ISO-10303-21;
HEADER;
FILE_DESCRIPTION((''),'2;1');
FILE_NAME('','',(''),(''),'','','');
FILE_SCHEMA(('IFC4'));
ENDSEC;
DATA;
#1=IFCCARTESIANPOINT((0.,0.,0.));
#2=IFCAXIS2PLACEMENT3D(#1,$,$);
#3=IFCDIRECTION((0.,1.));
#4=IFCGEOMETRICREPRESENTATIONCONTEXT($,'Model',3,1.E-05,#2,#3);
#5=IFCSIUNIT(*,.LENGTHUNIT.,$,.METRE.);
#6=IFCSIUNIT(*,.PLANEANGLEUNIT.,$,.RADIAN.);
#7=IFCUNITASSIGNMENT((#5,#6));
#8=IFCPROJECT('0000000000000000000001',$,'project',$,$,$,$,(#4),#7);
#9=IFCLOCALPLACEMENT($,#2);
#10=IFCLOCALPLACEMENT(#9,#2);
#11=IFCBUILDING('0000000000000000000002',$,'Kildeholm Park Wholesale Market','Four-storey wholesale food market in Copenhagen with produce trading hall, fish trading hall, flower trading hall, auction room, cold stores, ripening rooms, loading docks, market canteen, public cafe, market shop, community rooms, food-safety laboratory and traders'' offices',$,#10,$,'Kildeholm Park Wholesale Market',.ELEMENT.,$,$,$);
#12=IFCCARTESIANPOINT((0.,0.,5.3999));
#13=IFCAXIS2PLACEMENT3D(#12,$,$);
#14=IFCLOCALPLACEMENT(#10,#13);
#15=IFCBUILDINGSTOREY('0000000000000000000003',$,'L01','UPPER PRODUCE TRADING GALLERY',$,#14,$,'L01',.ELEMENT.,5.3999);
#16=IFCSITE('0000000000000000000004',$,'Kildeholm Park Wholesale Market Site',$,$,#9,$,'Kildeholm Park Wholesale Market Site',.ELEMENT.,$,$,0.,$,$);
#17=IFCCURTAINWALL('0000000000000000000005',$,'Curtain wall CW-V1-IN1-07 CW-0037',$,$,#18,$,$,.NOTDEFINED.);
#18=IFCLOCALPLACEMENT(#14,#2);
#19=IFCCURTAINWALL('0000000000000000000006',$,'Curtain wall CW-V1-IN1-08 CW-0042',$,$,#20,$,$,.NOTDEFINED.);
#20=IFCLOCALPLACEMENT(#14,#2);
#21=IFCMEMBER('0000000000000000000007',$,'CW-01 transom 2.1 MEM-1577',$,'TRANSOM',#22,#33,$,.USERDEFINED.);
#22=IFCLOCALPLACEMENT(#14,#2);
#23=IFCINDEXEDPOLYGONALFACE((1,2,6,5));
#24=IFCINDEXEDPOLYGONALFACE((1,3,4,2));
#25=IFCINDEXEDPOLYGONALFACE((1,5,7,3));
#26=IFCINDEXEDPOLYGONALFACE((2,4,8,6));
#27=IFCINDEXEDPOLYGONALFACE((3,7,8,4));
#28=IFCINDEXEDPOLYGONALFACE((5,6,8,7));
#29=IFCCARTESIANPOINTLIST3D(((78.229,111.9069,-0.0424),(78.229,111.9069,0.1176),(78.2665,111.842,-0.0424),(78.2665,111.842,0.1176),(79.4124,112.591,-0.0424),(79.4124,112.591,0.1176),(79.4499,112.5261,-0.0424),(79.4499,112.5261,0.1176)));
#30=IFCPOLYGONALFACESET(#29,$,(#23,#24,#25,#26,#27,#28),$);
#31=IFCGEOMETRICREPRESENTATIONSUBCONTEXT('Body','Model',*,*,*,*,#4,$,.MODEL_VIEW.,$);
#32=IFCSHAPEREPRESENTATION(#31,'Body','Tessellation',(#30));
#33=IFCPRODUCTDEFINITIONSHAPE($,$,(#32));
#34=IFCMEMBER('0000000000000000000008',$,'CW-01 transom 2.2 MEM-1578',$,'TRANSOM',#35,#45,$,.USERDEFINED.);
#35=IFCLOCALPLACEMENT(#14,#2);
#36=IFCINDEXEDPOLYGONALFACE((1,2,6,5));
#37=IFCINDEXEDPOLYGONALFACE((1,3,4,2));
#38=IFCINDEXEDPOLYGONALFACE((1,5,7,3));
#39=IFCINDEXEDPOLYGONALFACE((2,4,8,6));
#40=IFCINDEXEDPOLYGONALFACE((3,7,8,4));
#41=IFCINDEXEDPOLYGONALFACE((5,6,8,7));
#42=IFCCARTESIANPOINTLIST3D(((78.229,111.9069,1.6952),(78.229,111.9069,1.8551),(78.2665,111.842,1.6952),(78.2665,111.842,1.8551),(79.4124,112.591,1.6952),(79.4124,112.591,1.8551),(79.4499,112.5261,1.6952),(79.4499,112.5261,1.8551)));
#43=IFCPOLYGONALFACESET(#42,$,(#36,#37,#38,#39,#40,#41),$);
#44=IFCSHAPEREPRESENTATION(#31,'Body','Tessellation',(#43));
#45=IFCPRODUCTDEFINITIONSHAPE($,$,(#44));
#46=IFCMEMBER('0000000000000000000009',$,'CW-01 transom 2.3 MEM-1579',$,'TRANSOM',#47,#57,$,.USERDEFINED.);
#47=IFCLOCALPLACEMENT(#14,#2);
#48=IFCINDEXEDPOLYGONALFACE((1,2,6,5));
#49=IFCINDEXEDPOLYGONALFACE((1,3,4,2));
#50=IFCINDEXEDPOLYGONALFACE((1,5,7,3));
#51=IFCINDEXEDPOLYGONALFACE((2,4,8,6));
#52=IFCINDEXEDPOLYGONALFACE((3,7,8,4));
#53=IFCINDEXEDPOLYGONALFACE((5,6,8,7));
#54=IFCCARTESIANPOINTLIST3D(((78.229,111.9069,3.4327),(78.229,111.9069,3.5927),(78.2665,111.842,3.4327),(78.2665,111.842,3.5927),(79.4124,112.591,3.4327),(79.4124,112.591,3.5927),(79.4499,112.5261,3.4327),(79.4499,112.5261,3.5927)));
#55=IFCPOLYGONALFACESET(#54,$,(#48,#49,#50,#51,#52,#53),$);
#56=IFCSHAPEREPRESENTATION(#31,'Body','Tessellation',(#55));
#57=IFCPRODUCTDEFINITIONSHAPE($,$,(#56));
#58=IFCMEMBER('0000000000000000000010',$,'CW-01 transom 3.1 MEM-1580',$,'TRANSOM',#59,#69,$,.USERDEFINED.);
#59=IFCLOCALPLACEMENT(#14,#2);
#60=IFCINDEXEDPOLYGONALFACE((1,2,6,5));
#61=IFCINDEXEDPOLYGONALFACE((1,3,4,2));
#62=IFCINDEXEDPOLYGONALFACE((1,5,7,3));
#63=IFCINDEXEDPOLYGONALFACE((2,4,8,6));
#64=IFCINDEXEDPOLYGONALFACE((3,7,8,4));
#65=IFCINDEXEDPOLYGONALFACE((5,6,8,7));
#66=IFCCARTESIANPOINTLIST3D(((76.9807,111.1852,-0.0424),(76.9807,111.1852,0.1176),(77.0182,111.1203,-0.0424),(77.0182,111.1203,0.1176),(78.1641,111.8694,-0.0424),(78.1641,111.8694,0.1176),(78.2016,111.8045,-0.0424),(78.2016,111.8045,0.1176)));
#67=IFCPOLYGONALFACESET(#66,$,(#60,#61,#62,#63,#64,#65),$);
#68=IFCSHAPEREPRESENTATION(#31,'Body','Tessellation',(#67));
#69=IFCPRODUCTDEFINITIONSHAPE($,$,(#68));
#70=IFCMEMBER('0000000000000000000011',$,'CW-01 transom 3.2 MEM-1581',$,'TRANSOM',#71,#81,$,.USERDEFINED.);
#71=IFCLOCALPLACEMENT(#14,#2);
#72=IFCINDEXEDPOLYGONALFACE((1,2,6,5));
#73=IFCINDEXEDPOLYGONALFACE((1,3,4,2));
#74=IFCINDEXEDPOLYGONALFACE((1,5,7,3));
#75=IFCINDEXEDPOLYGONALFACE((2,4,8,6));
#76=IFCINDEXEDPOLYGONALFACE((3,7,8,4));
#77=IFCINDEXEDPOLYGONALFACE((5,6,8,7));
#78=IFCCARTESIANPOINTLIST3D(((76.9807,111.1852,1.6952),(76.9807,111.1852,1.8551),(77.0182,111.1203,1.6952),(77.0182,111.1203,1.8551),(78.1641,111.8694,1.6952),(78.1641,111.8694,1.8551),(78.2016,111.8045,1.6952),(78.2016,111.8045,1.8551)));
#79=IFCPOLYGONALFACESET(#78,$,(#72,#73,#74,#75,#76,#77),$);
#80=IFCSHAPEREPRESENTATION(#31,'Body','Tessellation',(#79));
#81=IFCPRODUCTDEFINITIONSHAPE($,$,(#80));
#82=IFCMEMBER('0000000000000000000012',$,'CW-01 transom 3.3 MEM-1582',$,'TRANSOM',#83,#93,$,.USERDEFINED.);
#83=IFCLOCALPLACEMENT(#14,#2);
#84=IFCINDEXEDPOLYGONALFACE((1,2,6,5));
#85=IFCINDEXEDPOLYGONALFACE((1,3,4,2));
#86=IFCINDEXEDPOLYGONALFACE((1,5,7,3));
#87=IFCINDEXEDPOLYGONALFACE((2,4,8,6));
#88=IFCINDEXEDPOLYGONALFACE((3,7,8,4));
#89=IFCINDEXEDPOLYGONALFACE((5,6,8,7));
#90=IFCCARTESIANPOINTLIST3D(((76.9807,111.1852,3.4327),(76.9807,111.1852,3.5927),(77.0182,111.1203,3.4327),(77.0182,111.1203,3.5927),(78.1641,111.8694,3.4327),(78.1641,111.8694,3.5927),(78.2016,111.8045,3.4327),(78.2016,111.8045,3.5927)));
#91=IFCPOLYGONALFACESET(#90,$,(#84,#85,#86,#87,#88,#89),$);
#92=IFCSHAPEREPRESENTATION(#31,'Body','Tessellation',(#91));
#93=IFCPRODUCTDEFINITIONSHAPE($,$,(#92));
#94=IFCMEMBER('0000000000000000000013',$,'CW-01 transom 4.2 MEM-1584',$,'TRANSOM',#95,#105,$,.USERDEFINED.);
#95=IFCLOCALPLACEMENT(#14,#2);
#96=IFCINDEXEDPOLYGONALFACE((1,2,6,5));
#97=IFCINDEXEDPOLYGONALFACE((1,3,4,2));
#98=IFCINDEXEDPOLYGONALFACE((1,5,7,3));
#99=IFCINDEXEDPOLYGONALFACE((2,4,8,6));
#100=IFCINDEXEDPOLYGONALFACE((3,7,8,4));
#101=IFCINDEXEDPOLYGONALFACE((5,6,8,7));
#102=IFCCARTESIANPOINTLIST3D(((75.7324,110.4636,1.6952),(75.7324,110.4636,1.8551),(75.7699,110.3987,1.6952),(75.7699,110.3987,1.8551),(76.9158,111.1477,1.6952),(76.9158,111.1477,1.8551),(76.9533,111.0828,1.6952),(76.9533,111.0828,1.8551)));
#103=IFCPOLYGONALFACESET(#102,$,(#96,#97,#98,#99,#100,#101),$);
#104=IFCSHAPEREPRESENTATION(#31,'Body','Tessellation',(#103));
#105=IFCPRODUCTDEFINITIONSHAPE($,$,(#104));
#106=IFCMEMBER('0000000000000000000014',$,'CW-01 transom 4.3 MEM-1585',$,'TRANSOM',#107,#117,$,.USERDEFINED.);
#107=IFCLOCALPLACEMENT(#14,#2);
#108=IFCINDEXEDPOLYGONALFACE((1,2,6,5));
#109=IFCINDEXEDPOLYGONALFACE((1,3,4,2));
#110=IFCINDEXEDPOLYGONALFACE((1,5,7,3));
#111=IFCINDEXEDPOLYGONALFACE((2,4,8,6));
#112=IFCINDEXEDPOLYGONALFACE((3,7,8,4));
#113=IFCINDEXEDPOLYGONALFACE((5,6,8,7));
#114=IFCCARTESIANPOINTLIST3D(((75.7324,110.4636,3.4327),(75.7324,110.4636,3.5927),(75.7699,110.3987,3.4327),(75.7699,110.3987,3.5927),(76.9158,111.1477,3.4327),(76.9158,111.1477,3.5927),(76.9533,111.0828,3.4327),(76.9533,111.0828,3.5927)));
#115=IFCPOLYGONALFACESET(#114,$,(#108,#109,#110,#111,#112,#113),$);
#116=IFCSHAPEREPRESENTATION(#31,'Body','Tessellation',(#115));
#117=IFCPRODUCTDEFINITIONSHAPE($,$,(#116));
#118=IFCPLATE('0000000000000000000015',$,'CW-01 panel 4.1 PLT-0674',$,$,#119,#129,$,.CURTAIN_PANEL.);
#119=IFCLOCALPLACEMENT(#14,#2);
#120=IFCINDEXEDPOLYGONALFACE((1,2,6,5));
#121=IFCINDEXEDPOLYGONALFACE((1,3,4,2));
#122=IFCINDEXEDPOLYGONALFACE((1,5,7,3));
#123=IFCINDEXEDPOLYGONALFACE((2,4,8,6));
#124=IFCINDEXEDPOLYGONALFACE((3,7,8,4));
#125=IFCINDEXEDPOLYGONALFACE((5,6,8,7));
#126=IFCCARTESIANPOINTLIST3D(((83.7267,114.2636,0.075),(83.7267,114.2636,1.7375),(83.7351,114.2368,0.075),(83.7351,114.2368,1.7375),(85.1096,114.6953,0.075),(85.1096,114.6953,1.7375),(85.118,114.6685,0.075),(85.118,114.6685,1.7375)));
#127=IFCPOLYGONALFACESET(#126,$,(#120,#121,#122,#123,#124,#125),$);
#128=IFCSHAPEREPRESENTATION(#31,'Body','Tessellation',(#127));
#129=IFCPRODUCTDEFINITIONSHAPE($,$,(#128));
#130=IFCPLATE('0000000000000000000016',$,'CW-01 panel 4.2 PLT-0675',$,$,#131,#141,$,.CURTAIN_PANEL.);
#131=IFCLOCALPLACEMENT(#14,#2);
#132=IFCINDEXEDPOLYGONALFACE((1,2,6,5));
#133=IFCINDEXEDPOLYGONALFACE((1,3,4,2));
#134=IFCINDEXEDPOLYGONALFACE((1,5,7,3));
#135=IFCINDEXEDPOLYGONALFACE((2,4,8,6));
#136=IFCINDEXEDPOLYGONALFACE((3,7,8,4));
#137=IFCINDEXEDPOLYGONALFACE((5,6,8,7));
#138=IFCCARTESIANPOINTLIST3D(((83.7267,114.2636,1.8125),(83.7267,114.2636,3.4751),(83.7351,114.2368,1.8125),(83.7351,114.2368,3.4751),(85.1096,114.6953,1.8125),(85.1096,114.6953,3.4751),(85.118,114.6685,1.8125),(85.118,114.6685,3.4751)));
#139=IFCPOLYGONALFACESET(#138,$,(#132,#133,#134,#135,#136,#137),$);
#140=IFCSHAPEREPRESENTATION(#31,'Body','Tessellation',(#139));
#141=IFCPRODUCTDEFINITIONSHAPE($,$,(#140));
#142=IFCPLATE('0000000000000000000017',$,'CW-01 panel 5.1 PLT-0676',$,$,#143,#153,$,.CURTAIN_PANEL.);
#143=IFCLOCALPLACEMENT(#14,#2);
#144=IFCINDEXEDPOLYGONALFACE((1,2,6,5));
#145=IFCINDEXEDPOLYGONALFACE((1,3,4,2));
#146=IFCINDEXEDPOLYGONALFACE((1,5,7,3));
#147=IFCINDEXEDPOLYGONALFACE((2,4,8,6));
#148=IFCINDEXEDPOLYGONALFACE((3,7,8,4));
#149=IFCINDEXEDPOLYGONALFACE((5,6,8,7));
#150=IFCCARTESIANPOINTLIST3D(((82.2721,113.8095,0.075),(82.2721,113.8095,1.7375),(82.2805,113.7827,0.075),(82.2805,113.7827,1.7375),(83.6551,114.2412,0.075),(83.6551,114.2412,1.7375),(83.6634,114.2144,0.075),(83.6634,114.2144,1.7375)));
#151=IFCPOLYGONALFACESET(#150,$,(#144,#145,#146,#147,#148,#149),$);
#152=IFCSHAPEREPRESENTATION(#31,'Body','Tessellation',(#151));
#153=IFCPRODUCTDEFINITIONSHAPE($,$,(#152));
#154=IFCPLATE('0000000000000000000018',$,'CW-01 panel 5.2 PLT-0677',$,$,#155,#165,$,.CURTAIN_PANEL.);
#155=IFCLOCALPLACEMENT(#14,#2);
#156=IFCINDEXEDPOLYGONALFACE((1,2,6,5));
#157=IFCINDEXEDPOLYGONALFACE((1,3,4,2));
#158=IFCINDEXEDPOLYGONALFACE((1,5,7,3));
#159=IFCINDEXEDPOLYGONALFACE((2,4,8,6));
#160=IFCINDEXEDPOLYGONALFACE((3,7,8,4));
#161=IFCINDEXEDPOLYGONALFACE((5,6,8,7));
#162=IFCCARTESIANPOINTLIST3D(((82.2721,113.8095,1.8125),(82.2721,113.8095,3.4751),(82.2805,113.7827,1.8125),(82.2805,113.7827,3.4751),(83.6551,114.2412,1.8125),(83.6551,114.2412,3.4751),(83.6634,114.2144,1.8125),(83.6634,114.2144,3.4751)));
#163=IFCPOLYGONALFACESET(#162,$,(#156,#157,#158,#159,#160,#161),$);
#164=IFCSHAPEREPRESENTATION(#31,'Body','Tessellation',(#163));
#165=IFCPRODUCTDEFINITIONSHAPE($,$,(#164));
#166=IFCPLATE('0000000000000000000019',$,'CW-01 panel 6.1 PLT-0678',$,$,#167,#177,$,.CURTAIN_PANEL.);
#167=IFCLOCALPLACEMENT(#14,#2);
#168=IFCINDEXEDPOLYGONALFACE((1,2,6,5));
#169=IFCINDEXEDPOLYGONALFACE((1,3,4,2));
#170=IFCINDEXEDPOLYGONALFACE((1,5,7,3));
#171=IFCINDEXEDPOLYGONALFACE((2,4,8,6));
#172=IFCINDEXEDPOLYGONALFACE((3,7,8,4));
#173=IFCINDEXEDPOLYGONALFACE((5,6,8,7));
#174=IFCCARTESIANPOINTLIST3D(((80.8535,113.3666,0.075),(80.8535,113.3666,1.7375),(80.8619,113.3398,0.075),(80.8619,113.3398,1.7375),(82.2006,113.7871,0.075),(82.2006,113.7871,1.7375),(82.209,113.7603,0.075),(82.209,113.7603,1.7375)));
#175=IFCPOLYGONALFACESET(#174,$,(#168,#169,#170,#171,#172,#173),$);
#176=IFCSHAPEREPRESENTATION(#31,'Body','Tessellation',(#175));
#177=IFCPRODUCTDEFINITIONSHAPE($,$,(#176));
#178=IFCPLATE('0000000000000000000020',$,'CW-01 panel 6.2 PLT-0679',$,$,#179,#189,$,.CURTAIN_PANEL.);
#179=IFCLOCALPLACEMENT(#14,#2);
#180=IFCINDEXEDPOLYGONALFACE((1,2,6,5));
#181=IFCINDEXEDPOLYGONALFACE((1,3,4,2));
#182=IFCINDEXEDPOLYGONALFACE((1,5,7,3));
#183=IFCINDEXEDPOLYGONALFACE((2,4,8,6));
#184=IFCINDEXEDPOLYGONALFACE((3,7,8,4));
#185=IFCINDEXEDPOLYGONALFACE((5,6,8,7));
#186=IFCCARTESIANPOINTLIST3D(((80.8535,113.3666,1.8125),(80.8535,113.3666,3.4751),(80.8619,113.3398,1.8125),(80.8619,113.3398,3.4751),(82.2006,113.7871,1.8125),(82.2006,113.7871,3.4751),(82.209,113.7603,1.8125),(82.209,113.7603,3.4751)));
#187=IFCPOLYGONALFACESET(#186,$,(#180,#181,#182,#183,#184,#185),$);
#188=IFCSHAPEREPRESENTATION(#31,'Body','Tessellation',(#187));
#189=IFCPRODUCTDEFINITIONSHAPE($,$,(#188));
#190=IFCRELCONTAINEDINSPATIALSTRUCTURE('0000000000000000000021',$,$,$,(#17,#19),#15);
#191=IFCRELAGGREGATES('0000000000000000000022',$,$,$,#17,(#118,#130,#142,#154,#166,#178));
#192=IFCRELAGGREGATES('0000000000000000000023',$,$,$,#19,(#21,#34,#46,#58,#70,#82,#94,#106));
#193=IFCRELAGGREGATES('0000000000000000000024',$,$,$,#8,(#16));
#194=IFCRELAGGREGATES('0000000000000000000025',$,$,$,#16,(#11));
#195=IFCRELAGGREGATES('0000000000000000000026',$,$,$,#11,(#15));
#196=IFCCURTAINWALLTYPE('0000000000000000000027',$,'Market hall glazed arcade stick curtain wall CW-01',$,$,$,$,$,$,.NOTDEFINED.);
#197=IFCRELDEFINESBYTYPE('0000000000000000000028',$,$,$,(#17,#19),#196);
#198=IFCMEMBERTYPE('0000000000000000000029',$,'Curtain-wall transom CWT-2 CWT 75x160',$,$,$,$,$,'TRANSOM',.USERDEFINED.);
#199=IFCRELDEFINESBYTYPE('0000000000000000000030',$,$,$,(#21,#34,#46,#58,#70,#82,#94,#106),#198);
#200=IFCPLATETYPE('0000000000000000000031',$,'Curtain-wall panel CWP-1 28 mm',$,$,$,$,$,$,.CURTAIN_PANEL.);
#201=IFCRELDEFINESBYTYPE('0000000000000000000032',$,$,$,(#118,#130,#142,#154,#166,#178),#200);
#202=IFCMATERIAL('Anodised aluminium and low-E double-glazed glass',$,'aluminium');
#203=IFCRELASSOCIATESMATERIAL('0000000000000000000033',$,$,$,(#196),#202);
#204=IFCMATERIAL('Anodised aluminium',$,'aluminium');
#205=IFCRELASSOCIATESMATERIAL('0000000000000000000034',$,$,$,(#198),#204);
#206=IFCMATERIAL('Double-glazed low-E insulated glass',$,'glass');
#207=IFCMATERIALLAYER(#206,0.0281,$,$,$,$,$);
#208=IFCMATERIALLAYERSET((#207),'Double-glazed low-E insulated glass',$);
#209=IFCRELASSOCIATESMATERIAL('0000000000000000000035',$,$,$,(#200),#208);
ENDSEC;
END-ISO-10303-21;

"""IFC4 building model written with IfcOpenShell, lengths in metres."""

from ifc_helpers import new_model, si_unit, direction, frame, origin, origin_2d, place, context, subcontext, project, spatial, rectangle, extrude, material, layer, layer_set, material_profile, profile_set, type_object, element, aggregate, save


model = new_model("IFC4")

# Units and contexts
model_context = context("Model", 3, precision=1e-05, world=origin(), true_north=direction((0.0, 1.0)))
body_context = subcontext(model_context, "Body", "Model", "MODEL_VIEW")
ifc_project = project(units=[si_unit("LENGTHUNIT", "METRE"), si_unit("PLANEANGLEUNIT", "RADIAN")], contexts=[model_context])

# Site, building, storey
site_placement = place(None, origin())
site = spatial("IfcSite", under=ifc_project, at=site_placement, Name="Kildeholm Park Wholesale Market Site", LongName="Kildeholm Park Wholesale Market Site", CompositionType="ELEMENT", RefElevation=0.0)
building_placement = place(site_placement, origin())
building = spatial("IfcBuilding", under=site, at=building_placement, Name="Kildeholm Park Wholesale Market", Description="Four-storey wholesale food market in Copenhagen with produce trading hall, fish trading hall, flower trading hall, auction room, cold stores, ripening rooms, loading docks, market canteen, public cafe, market shop, community rooms, food-safety laboratory and traders' offices", LongName="Kildeholm Park Wholesale Market", CompositionType="ELEMENT")
storey_placement = place(building_placement, frame((0.0, 0.0, 5.3999)))
storey = spatial("IfcBuildingStorey", under=building, at=storey_placement, Name="L01", Description="UPPER PRODUCE TRADING GALLERY", LongName="L01", CompositionType="ELEMENT", Elevation=5.3999)

# Curtain walls
ifc_material_1 = material(Name="Anodised aluminium and low-E double-glazed glass", Category="aluminium")
curtain_wall_type = type_object("IfcCurtainWallType", Name="Market hall glazed arcade stick curtain wall CW-01", PredefinedType="NOTDEFINED", material=ifc_material_1)
curtain_wall_1_placement = place(storey_placement, origin())
curtain_wall_1 = element("IfcCurtainWall", 1, at=curtain_wall_1_placement, inside=storey, type_object=curtain_wall_type, Name="Curtain wall CW-V1-IN1-07 CW-0037", PredefinedType="NOTDEFINED")
ifc_material_2 = material(Name="Anodised aluminium", Category="aluminium")
curtain_wall_2_placement = place(storey_placement, origin())
curtain_wall_2 = element("IfcCurtainWall", 2, at=curtain_wall_2_placement, inside=storey, type_object=curtain_wall_type, Name="Curtain wall CW-V1-IN1-08 CW-0042", PredefinedType="NOTDEFINED")

# Members
ifc_material_profile_1 = material_profile(ifc_material_2, rectangle(XDim=0.075, YDim=0.1599, at=origin_2d()), Name="CWT 75x160")
ifc_profile_set_1 = profile_set([ifc_material_profile_1], Name="Anodised aluminium")
member_type_1 = type_object("IfcMemberType", Name="Curtain-wall transom CWT-2 CWT 75x160", ElementType="TRANSOM", PredefinedType="USERDEFINED", material=ifc_profile_set_1)
member_1_placement = place(storey_placement, frame((79.4312, 112.5586, 0.0376), z_axis=(-0.865748, -0.50048, 0.0), x_axis=(0.50048, -0.865748, 0.0)))
member_1 = element("IfcMember", 3, at=member_1_placement, type_object=member_type_1, Name="CW-01 transom 2.1 MEM-1577", ObjectType="TRANSOM", PredefinedType="USERDEFINED", context=body_context, shape_type="SweptSolid", body=[
    extrude(rectangle(XDim=0.075, YDim=0.1599, at=origin_2d()), origin(), (0.0, 0.0, 1.0), 1.3669),
])
member_2_placement = place(storey_placement, frame((79.4312, 112.5586, 1.7751), z_axis=(-0.865748, -0.50048, 0.0), x_axis=(0.50048, -0.865748, 0.0)))
member_2 = element("IfcMember", 4, at=member_2_placement, type_object=member_type_1, Name="CW-01 transom 2.2 MEM-1578", ObjectType="TRANSOM", PredefinedType="USERDEFINED", context=body_context, shape_type="SweptSolid", body=[
    extrude(rectangle(XDim=0.075, YDim=0.1599, at=origin_2d()), origin(), (0.0, 0.0, 1.0), 1.3669),
])
member_3_placement = place(storey_placement, frame((79.4312, 112.5586, 3.5127), z_axis=(-0.865748, -0.50048, 0.0), x_axis=(0.50048, -0.865748, 0.0)))
member_3 = element("IfcMember", 5, at=member_3_placement, type_object=member_type_1, Name="CW-01 transom 2.3 MEM-1579", ObjectType="TRANSOM", PredefinedType="USERDEFINED", context=body_context, shape_type="SweptSolid", body=[
    extrude(rectangle(XDim=0.075, YDim=0.1599, at=origin_2d()), origin(), (0.0, 0.0, 1.0), 1.3669),
])
member_4_placement = place(storey_placement, frame((78.1829, 111.8369, 0.0376), z_axis=(-0.865748, -0.50048, 0.0), x_axis=(0.50048, -0.865748, 0.0)))
member_4 = element("IfcMember", 6, at=member_4_placement, type_object=member_type_1, Name="CW-01 transom 3.1 MEM-1580", ObjectType="TRANSOM", PredefinedType="USERDEFINED", context=body_context, shape_type="SweptSolid", body=[
    extrude(rectangle(XDim=0.075, YDim=0.1599, at=origin_2d()), origin(), (0.0, 0.0, 1.0), 1.3669),
])
member_5_placement = place(storey_placement, frame((78.1829, 111.8369, 1.7751), z_axis=(-0.865748, -0.50048, 0.0), x_axis=(0.50048, -0.865748, 0.0)))
member_5 = element("IfcMember", 7, at=member_5_placement, type_object=member_type_1, Name="CW-01 transom 3.2 MEM-1581", ObjectType="TRANSOM", PredefinedType="USERDEFINED", context=body_context, shape_type="SweptSolid", body=[
    extrude(rectangle(XDim=0.075, YDim=0.1599, at=origin_2d()), origin(), (0.0, 0.0, 1.0), 1.3669),
])
member_6_placement = place(storey_placement, frame((78.1829, 111.8369, 3.5127), z_axis=(-0.865748, -0.50048, 0.0), x_axis=(0.50048, -0.865748, 0.0)))
member_6 = element("IfcMember", 8, at=member_6_placement, type_object=member_type_1, Name="CW-01 transom 3.3 MEM-1582", ObjectType="TRANSOM", PredefinedType="USERDEFINED", context=body_context, shape_type="SweptSolid", body=[
    extrude(rectangle(XDim=0.075, YDim=0.1599, at=origin_2d()), origin(), (0.0, 0.0, 1.0), 1.3669),
])
member_7_placement = place(storey_placement, frame((76.9346, 111.1152, 1.7751), z_axis=(-0.865748, -0.50048, 0.0), x_axis=(0.50048, -0.865748, 0.0)))
member_7 = element("IfcMember", 9, at=member_7_placement, type_object=member_type_1, Name="CW-01 transom 4.2 MEM-1584", ObjectType="TRANSOM", PredefinedType="USERDEFINED", context=body_context, shape_type="SweptSolid", body=[
    extrude(rectangle(XDim=0.075, YDim=0.1599, at=origin_2d()), origin(), (0.0, 0.0, 1.0), 1.3669),
])
member_8_placement = place(storey_placement, frame((76.9346, 111.1152, 3.5127), z_axis=(-0.865748, -0.50048, 0.0), x_axis=(0.50048, -0.865748, 0.0)))
member_8 = element("IfcMember", 10, at=member_8_placement, type_object=member_type_1, Name="CW-01 transom 4.3 MEM-1585", ObjectType="TRANSOM", PredefinedType="USERDEFINED", context=body_context, shape_type="SweptSolid", body=[
    extrude(rectangle(XDim=0.075, YDim=0.1599, at=origin_2d()), origin(), (0.0, 0.0, 1.0), 1.3669),
])

# Plates
ifc_material_3 = material(Name="Double-glazed low-E insulated glass", Category="glass")
ifc_layer = layer(ifc_material_3, 0.0281)
ifc_layer_set = layer_set([ifc_layer], Name="Double-glazed low-E insulated glass")
plate_type = type_object("IfcPlateType", Name="Curtain-wall panel CWP-1 28 mm", PredefinedType="CURTAIN_PANEL", material=ifc_layer_set)
plate_1_placement = place(storey_placement, frame((84.4224, 114.4661, 0.075), z_axis=(0.0, 0.0, 1.0), x_axis=(-0.954579, -0.297957, 0.0)))
plate_1 = element("IfcPlate", 11, at=plate_1_placement, type_object=plate_type, Name="CW-01 panel 4.1 PLT-0674", PredefinedType="CURTAIN_PANEL", context=body_context, shape_type="SweptSolid", body=[
    extrude(rectangle(XDim=1.4487, YDim=0.0281, at=origin_2d()), origin(), (0.0, 0.0, 1.0), 1.6626),
])
plate_2_placement = place(storey_placement, frame((84.4224, 114.4661, 1.8125), z_axis=(0.0, 0.0, 1.0), x_axis=(-0.954579, -0.297957, 0.0)))
plate_2 = element("IfcPlate", 12, at=plate_2_placement, type_object=plate_type, Name="CW-01 panel 4.2 PLT-0675", PredefinedType="CURTAIN_PANEL", context=body_context, shape_type="SweptSolid", body=[
    extrude(rectangle(XDim=1.4487, YDim=0.0281, at=origin_2d()), origin(), (0.0, 0.0, 1.0), 1.6626),
])
plate_3_placement = place(storey_placement, frame((82.9678, 114.012, 0.075), z_axis=(0.0, 0.0, 1.0), x_axis=(-0.954579, -0.297957, 0.0)))
plate_3 = element("IfcPlate", 13, at=plate_3_placement, type_object=plate_type, Name="CW-01 panel 5.1 PLT-0676", PredefinedType="CURTAIN_PANEL", context=body_context, shape_type="SweptSolid", body=[
    extrude(rectangle(XDim=1.4487, YDim=0.0281, at=origin_2d()), origin(), (0.0, 0.0, 1.0), 1.6626),
])
plate_4_placement = place(storey_placement, frame((82.9678, 114.012, 1.8125), z_axis=(0.0, 0.0, 1.0), x_axis=(-0.954579, -0.297957, 0.0)))
plate_4 = element("IfcPlate", 14, at=plate_4_placement, type_object=plate_type, Name="CW-01 panel 5.2 PLT-0677", PredefinedType="CURTAIN_PANEL", context=body_context, shape_type="SweptSolid", body=[
    extrude(rectangle(XDim=1.4487, YDim=0.0281, at=origin_2d()), origin(), (0.0, 0.0, 1.0), 1.6626),
])
plate_5_placement = place(storey_placement, frame((81.5312, 113.5635, 0.075), z_axis=(0.0, 0.0, 1.0), x_axis=(-0.954579, -0.297957, 0.0)))
plate_5 = element("IfcPlate", 15, at=plate_5_placement, type_object=plate_type, Name="CW-01 panel 6.1 PLT-0678", PredefinedType="CURTAIN_PANEL", context=body_context, shape_type="SweptSolid", body=[
    extrude(rectangle(XDim=1.4111, YDim=0.0281, at=origin_2d()), origin(), (0.0, 0.0, 1.0), 1.6626),
])
plate_6_placement = place(storey_placement, frame((81.5312, 113.5635, 1.8125), z_axis=(0.0, 0.0, 1.0), x_axis=(-0.954579, -0.297957, 0.0)))
plate_6 = element("IfcPlate", 16, at=plate_6_placement, type_object=plate_type, Name="CW-01 panel 6.2 PLT-0679", PredefinedType="CURTAIN_PANEL", context=body_context, shape_type="SweptSolid", body=[
    extrude(rectangle(XDim=1.4111, YDim=0.0281, at=origin_2d()), origin(), (0.0, 0.0, 1.0), 1.6626),
])
aggregate(curtain_wall_1, [plate_1, plate_2, plate_3, plate_4, plate_5, plate_6])
aggregate(curtain_wall_2, [member_1, member_2, member_3, member_4, member_5, member_6, member_7, member_8])

save(model, "model.ifc")
